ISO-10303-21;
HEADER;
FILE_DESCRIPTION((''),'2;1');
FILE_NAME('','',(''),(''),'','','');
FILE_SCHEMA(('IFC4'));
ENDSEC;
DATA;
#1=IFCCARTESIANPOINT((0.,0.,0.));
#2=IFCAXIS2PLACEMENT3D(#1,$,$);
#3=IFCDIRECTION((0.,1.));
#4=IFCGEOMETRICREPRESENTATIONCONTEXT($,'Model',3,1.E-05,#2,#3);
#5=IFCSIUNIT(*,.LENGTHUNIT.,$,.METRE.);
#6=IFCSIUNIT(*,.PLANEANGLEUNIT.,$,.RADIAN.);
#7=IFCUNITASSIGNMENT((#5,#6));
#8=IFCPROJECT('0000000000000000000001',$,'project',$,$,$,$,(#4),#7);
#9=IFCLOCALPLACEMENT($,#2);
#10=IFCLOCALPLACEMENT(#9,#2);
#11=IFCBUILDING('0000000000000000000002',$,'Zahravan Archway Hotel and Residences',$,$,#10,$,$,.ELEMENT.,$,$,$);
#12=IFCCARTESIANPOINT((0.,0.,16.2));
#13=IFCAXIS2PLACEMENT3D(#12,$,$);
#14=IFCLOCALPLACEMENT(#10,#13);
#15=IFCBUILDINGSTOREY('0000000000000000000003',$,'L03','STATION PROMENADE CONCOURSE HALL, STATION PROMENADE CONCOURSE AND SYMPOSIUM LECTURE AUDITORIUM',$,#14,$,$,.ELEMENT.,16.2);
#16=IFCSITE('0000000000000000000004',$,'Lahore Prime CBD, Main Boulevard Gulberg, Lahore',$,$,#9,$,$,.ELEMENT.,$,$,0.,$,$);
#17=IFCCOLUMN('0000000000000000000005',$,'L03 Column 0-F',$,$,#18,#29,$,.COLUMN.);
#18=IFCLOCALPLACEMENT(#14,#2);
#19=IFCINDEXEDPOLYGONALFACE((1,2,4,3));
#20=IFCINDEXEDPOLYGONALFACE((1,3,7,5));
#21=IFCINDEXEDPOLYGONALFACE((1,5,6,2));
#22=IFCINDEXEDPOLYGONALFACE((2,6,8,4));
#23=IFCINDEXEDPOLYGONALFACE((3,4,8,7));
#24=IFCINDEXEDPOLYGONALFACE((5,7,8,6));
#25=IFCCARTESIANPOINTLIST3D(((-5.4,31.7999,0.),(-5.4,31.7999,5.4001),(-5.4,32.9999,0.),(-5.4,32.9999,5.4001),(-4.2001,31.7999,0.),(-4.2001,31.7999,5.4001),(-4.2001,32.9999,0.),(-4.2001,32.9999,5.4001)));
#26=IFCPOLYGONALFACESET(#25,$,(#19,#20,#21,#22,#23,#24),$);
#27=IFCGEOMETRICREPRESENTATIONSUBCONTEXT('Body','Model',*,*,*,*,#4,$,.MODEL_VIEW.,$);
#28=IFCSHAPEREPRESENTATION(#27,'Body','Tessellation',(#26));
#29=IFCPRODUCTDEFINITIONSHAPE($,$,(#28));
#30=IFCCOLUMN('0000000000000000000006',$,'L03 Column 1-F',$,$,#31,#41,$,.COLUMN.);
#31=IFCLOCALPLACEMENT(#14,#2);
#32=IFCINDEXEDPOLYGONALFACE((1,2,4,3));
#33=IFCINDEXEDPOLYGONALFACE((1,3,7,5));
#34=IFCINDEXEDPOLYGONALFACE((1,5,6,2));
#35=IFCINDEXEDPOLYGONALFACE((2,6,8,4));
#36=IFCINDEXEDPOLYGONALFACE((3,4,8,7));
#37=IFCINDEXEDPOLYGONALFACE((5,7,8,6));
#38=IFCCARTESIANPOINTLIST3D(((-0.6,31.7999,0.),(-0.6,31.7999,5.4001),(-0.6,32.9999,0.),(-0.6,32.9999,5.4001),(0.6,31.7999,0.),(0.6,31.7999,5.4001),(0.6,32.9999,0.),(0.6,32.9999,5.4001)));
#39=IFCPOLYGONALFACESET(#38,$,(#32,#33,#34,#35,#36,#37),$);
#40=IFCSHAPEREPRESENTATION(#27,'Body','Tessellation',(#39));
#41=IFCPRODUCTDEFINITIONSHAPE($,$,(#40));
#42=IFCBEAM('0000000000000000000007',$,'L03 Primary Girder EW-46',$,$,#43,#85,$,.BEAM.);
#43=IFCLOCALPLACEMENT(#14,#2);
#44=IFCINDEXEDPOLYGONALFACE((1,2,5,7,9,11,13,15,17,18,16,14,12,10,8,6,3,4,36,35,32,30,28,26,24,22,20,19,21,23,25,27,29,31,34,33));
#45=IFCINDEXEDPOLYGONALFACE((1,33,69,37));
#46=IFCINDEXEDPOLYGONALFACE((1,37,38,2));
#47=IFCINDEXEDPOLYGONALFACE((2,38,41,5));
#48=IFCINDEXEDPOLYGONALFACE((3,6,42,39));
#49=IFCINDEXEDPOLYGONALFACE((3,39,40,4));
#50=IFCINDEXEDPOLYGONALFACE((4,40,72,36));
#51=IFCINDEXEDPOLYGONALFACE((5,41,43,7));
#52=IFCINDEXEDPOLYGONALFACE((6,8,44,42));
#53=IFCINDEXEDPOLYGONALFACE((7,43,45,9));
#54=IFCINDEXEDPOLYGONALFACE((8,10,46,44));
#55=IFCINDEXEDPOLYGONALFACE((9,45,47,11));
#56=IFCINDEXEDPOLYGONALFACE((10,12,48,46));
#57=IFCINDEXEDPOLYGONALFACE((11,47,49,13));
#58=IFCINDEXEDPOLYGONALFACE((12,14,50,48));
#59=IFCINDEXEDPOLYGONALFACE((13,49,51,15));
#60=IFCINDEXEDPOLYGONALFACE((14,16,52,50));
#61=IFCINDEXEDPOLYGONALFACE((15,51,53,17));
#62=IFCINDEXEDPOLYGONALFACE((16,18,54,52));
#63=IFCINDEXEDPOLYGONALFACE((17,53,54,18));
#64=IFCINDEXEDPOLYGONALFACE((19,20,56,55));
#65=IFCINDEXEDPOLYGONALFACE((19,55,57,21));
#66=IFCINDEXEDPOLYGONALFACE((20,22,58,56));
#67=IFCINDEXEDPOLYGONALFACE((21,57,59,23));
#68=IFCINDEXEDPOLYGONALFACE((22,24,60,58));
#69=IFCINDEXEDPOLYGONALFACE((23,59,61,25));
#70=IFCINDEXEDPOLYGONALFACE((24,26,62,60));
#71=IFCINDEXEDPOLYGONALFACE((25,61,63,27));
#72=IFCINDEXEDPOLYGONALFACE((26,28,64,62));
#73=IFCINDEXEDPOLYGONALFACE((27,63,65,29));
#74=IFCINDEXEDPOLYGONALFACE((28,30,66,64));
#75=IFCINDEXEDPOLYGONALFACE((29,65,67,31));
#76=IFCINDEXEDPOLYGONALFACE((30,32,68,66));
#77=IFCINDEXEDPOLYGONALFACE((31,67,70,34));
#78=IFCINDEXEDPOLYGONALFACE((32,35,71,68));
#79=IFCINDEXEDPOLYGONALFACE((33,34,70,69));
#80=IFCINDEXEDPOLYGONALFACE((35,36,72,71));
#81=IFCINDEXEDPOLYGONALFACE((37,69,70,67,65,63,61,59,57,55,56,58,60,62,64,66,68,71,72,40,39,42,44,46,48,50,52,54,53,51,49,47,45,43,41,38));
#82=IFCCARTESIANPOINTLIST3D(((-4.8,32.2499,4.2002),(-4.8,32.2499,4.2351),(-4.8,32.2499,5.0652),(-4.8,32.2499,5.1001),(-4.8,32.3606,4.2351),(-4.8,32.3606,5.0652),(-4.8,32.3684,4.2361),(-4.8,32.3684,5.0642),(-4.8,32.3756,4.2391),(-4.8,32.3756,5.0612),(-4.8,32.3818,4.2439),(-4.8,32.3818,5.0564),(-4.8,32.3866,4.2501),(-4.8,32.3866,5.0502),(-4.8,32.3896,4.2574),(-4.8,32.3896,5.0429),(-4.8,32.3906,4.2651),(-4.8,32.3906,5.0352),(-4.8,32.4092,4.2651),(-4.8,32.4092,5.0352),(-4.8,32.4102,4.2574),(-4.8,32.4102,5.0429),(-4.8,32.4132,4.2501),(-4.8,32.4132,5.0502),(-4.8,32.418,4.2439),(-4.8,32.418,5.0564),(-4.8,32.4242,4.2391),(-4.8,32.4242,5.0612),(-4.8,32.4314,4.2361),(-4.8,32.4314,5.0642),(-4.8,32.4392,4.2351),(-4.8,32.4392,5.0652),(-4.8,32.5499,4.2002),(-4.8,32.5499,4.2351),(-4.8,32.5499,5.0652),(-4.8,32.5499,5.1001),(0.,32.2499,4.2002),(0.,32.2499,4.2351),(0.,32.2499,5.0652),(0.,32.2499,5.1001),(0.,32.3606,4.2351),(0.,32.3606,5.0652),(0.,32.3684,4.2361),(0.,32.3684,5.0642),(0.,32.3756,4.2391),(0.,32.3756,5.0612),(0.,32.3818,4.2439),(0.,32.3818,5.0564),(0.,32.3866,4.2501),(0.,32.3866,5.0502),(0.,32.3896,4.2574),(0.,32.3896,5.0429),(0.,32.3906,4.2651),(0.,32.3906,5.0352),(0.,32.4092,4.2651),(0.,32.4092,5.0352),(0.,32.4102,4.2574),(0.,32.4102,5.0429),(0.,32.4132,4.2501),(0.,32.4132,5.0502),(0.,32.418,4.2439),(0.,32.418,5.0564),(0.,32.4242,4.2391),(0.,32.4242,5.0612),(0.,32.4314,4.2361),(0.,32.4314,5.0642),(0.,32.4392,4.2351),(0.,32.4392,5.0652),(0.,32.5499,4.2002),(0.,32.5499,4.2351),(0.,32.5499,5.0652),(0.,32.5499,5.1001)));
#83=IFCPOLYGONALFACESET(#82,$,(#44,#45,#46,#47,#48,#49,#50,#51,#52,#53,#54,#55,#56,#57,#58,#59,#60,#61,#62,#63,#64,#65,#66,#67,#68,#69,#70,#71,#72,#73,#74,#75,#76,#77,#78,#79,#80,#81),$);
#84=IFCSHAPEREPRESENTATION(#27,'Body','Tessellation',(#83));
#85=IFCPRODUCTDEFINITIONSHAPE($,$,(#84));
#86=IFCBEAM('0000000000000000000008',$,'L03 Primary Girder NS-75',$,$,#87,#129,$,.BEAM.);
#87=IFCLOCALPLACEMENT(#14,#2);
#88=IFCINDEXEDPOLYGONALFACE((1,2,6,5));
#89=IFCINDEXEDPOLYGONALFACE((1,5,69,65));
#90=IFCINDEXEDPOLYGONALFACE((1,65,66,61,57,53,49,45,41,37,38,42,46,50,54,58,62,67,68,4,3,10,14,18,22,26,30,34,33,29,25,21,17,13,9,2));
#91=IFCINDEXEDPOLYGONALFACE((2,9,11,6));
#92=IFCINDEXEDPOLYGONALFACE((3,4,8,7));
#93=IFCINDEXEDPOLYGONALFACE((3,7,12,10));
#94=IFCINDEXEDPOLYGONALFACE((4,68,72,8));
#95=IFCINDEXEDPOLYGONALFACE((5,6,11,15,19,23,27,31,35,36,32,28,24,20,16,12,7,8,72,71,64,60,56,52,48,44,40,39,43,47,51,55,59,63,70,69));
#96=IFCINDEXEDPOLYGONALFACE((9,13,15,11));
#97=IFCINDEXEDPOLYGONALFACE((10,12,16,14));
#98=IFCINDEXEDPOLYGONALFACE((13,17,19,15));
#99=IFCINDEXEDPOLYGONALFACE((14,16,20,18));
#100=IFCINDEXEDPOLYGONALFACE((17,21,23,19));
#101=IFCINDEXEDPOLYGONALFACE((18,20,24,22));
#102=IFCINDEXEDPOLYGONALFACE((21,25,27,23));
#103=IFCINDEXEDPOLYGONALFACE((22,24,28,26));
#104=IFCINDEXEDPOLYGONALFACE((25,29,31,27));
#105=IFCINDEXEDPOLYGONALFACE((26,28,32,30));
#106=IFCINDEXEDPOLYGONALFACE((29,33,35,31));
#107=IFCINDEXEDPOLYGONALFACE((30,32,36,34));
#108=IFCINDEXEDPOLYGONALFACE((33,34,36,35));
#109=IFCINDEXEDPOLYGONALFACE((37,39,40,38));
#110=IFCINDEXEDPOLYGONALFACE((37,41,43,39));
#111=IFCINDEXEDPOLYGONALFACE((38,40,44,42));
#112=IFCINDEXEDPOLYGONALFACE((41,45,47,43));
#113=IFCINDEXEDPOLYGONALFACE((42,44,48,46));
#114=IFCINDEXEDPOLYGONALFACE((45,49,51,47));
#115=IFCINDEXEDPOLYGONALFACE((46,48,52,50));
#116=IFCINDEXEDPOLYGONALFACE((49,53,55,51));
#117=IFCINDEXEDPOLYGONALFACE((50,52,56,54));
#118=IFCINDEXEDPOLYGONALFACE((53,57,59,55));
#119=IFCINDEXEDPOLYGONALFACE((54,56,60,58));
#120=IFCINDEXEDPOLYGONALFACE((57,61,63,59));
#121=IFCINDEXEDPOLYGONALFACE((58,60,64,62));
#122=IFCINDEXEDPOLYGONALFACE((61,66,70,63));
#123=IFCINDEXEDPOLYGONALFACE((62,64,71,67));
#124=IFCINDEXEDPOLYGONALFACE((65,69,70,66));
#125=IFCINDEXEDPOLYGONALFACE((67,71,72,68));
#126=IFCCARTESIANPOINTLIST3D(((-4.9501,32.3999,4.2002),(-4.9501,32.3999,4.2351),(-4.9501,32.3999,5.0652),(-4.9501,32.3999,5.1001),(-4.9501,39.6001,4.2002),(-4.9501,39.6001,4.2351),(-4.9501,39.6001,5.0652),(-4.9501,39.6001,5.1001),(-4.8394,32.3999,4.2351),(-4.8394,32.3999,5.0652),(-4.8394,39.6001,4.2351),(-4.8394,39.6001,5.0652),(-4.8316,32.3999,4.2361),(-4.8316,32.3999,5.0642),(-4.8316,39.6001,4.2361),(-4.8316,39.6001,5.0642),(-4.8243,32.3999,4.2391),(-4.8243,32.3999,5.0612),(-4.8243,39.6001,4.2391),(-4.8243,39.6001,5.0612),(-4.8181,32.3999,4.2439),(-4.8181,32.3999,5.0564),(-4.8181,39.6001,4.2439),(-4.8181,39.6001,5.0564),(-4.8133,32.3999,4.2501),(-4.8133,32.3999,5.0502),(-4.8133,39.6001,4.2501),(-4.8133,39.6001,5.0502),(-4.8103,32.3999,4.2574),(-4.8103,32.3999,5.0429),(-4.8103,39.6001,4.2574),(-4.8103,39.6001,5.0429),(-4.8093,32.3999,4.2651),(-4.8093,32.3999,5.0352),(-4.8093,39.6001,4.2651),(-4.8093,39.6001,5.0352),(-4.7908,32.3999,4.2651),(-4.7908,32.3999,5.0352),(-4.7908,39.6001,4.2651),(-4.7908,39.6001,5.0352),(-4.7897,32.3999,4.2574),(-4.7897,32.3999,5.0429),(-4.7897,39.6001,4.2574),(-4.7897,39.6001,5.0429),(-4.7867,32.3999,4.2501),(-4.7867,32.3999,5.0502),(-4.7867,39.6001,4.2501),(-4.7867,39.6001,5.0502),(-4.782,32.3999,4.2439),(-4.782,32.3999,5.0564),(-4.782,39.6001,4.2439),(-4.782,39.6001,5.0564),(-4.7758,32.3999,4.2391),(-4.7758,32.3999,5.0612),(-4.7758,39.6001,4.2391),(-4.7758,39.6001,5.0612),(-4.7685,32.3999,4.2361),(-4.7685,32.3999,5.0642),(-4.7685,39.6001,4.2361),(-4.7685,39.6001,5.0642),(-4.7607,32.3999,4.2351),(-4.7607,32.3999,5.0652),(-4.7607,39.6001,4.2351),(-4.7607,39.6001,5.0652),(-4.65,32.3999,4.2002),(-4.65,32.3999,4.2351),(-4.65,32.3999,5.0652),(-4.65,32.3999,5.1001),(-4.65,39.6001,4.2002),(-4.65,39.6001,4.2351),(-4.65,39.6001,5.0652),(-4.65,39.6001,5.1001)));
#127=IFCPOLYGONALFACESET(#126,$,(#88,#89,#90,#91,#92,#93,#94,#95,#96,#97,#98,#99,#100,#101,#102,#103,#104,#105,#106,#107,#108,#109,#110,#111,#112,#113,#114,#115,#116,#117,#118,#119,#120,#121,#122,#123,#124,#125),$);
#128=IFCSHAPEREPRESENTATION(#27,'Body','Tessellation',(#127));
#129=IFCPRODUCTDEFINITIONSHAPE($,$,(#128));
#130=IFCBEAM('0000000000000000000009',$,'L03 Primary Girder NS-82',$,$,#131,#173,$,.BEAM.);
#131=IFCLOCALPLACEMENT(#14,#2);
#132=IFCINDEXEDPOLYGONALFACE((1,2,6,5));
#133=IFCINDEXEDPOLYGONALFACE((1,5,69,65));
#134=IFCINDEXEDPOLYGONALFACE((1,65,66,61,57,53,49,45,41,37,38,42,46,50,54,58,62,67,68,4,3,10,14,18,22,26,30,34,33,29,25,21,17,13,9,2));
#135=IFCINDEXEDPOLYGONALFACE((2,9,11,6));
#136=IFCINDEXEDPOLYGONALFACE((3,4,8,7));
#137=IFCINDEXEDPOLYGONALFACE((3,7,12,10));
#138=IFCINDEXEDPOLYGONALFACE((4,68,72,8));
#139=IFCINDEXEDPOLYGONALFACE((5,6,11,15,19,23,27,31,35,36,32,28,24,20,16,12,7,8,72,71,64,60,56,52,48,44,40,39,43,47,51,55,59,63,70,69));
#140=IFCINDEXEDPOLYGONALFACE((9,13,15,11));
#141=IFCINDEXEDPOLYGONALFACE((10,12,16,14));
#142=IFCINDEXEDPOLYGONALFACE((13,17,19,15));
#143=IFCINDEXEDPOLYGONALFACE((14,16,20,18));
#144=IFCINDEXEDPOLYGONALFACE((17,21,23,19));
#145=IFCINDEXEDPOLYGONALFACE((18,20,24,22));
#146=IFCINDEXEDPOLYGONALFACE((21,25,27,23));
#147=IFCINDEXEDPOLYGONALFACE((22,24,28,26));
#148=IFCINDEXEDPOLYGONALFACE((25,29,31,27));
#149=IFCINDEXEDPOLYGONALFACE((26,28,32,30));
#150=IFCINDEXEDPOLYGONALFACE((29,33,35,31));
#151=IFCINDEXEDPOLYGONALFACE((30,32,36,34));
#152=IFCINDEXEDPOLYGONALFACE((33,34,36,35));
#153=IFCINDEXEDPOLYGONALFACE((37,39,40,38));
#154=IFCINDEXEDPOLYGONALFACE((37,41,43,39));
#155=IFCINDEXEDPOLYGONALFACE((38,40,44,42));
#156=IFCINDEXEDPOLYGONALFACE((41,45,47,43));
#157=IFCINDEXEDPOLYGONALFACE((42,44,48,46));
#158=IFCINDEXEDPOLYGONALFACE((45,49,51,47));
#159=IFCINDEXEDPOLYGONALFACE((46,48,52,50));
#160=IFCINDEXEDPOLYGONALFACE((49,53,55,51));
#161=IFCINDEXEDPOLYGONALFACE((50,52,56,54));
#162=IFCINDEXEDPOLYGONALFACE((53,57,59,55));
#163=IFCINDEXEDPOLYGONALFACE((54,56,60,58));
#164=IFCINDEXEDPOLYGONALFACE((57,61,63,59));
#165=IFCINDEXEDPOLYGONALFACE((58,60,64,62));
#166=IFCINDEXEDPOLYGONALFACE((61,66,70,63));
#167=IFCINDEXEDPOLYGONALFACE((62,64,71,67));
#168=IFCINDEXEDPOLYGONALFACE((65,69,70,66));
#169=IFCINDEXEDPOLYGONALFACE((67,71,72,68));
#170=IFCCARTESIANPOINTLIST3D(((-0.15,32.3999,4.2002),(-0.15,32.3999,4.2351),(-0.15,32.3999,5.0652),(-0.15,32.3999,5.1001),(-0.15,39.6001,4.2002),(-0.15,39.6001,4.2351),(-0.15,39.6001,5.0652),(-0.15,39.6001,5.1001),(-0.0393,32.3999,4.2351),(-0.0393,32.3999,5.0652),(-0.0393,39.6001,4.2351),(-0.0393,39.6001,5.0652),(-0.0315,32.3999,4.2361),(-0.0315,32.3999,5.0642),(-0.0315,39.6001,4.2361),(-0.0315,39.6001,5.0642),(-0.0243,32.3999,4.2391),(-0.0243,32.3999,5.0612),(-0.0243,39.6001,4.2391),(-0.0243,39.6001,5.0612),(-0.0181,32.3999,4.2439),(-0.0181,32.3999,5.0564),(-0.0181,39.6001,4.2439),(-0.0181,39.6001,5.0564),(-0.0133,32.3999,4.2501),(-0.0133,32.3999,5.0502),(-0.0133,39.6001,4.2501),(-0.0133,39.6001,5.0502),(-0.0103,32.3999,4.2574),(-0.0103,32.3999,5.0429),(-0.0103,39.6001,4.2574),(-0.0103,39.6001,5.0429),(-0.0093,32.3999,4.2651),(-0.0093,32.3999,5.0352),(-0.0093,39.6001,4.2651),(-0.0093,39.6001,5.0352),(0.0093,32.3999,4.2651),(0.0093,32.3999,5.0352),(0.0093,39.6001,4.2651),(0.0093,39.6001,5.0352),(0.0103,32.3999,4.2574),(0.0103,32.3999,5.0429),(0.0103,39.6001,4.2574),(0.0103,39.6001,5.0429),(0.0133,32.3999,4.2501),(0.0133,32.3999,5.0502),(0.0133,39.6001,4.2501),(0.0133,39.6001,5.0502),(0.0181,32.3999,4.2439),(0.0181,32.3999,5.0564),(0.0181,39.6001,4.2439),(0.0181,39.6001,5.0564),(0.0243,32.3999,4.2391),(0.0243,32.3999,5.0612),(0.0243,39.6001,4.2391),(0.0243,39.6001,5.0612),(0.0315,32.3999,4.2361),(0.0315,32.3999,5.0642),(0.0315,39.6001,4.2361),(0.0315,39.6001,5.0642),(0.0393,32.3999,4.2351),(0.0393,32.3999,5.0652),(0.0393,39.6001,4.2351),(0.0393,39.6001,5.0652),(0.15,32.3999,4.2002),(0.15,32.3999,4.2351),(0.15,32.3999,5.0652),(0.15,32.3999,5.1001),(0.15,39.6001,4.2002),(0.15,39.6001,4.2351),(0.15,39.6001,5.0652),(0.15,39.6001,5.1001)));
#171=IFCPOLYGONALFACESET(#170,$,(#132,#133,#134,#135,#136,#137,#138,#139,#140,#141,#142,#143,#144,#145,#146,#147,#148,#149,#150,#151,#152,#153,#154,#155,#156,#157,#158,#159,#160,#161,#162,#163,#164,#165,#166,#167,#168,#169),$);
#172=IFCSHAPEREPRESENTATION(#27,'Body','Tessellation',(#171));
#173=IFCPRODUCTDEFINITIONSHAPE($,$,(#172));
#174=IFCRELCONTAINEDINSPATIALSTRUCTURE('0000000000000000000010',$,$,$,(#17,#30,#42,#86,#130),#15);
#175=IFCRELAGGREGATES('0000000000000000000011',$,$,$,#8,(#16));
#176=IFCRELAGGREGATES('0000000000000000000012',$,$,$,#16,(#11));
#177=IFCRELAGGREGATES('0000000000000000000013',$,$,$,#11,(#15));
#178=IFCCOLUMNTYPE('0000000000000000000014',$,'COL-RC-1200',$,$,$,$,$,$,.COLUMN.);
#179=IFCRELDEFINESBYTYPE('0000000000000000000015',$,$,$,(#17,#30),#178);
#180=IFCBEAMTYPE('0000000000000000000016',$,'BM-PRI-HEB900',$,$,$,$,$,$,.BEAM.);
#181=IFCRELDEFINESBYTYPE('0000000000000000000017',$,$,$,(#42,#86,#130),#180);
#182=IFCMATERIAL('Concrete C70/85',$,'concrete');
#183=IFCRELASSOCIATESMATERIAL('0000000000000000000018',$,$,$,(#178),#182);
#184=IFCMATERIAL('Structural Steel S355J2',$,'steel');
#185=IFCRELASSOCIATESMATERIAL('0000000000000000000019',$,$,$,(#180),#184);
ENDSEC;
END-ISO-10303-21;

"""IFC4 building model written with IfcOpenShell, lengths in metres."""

from ifc_helpers import new_model, si_unit, direction, frame, origin, origin_2d, place, context, subcontext, project, spatial, rectangle, i_section, extrude, source, transform, mapped, material, material_profile, profile_set, type_object, type_shapes, element, save


model = new_model("IFC4")

# Units and contexts
model_context = context("Model", 3, precision=1e-05, world=origin(), true_north=direction((0.0, 1.0)))
body_context = subcontext(model_context, "Body", "Model", "MODEL_VIEW")
ifc_project = project(units=[si_unit("LENGTHUNIT", "METRE"), si_unit("PLANEANGLEUNIT", "RADIAN")], contexts=[model_context])

# Site, building, storey
site_placement = place(None, origin())
site = spatial("IfcSite", under=ifc_project, at=site_placement, Name="Lahore Prime CBD, Main Boulevard Gulberg, Lahore", CompositionType="ELEMENT", RefElevation=0.0)
building_placement = place(site_placement, origin())
building = spatial("IfcBuilding", under=site, at=building_placement, Name="Zahravan Archway Hotel and Residences", CompositionType="ELEMENT")
storey_placement = place(building_placement, frame((0.0, 0.0, 16.2)))
storey = spatial("IfcBuildingStorey", under=building, at=storey_placement, Name="L03", Description="STATION PROMENADE CONCOURSE HALL, STATION PROMENADE CONCOURSE AND SYMPOSIUM LECTURE AUDITORIUM", CompositionType="ELEMENT", Elevation=16.2)

# Columns
ifc_material_1 = material(Name="Concrete C70/85", Category="concrete")
ifc_material_profile_1 = material_profile(ifc_material_1, rectangle(XDim=1.2, YDim=1.2, at=origin_2d()), Name="RC-COL-1200x1200", Category="concrete")
ifc_profile_set_1 = profile_set([ifc_material_profile_1], Name="Concrete C70/85")
column_type = type_object("IfcColumnType", Name="COL-RC-1200", PredefinedType="COLUMN", material=ifc_profile_set_1)
shared_shape_1 = source(origin(), body_context, "Body", "SweptSolid", [
    extrude(rectangle(XDim=1.2, YDim=1.2, at=origin_2d()), origin(), (0.0, 0.0, 1.0), 5.4001),
])
for number, where, z_axis, x_axis, name in (
    (1, (-4.8, 32.3999, 0.0), (0.0, 0.0, 1.0), (1.0, 0.0, 0.0), "L03 Column 0-F"),
    (2, (0.0, 32.3999, 0.0), (0.0, 0.0, 1.0), (1.0, 0.0, 0.0), "L03 Column 1-F"),
):
    element("IfcColumn", number, at=place(storey_placement, frame(where, z_axis=z_axis, x_axis=x_axis)), inside=storey, type_object=column_type, Name=name, PredefinedType="COLUMN", context=body_context, shape_type="MappedRepresentation", body=[
        mapped(shared_shape_1, transform((0.0, 0.0, 0.0), scale=1.0)),
    ])

# Beams
ifc_material_2 = material(Name="Structural Steel S355J2", Category="steel")
ifc_material_profile_2 = material_profile(ifc_material_2, i_section(OverallWidth=0.3, OverallDepth=0.8999, WebThickness=0.0186, FlangeThickness=0.0349, FilletRadius=0.03, at=origin_2d()), Name="HEB 900", Category="steel")
ifc_profile_set_2 = profile_set([ifc_material_profile_2], Name="Structural Steel S355J2")
beam_type_1 = type_object("IfcBeamType", Name="BM-PRI-HEB900", PredefinedType="BEAM", material=ifc_profile_set_2)
shared_shape_2 = source(origin(), body_context, "Body", "SweptSolid", [
    extrude(i_section(OverallWidth=0.3, OverallDepth=0.8999, WebThickness=0.0186, FlangeThickness=0.0349, FilletRadius=0.03, at=origin_2d()), origin(), (0.0, 0.0, 1.0), 4.8),
])
type_shapes(beam_type_1, [shared_shape_2])
beam_1_placement = place(storey_placement, frame((-4.8, 32.3999, 4.6501), z_axis=(1.0, 0.0, 0.0), x_axis=(0.0, 1.0, 0.0)))
element("IfcBeam", 3, at=beam_1_placement, inside=storey, type_object=beam_type_1, Name="L03 Primary Girder EW-46", PredefinedType="BEAM", context=body_context, shape_type="MappedRepresentation", body=[
    mapped(shared_shape_2, transform((0.0, 0.0, 0.0), scale=1.0)),
])
shared_shape_3 = source(origin(), body_context, "Body", "SweptSolid", [
    extrude(i_section(OverallWidth=0.3, OverallDepth=0.8999, WebThickness=0.0186, FlangeThickness=0.0349, FilletRadius=0.03, at=origin_2d()), origin(), (0.0, 0.0, 1.0), 7.2002),
])
for number, where, z_axis, x_axis, name in (
    (4, (-4.8, 32.3999, 4.6501), (0.0, 1.0, 0.0), (-1.0, 0.0, 0.0), "L03 Primary Girder NS-75"),
    (5, (0.0, 32.3999, 4.6501), (0.0, 1.0, 0.0), (-1.0, 0.0, 0.0), "L03 Primary Girder NS-82"),
):
    element("IfcBeam", number, at=place(storey_placement, frame(where, z_axis=z_axis, x_axis=x_axis)), inside=storey, type_object=beam_type_1, Name=name, PredefinedType="BEAM", context=body_context, shape_type="MappedRepresentation", body=[
        mapped(shared_shape_3, transform((0.0, 0.0, 0.0), scale=1.0)),
    ])

save(model, "model.ifc")
